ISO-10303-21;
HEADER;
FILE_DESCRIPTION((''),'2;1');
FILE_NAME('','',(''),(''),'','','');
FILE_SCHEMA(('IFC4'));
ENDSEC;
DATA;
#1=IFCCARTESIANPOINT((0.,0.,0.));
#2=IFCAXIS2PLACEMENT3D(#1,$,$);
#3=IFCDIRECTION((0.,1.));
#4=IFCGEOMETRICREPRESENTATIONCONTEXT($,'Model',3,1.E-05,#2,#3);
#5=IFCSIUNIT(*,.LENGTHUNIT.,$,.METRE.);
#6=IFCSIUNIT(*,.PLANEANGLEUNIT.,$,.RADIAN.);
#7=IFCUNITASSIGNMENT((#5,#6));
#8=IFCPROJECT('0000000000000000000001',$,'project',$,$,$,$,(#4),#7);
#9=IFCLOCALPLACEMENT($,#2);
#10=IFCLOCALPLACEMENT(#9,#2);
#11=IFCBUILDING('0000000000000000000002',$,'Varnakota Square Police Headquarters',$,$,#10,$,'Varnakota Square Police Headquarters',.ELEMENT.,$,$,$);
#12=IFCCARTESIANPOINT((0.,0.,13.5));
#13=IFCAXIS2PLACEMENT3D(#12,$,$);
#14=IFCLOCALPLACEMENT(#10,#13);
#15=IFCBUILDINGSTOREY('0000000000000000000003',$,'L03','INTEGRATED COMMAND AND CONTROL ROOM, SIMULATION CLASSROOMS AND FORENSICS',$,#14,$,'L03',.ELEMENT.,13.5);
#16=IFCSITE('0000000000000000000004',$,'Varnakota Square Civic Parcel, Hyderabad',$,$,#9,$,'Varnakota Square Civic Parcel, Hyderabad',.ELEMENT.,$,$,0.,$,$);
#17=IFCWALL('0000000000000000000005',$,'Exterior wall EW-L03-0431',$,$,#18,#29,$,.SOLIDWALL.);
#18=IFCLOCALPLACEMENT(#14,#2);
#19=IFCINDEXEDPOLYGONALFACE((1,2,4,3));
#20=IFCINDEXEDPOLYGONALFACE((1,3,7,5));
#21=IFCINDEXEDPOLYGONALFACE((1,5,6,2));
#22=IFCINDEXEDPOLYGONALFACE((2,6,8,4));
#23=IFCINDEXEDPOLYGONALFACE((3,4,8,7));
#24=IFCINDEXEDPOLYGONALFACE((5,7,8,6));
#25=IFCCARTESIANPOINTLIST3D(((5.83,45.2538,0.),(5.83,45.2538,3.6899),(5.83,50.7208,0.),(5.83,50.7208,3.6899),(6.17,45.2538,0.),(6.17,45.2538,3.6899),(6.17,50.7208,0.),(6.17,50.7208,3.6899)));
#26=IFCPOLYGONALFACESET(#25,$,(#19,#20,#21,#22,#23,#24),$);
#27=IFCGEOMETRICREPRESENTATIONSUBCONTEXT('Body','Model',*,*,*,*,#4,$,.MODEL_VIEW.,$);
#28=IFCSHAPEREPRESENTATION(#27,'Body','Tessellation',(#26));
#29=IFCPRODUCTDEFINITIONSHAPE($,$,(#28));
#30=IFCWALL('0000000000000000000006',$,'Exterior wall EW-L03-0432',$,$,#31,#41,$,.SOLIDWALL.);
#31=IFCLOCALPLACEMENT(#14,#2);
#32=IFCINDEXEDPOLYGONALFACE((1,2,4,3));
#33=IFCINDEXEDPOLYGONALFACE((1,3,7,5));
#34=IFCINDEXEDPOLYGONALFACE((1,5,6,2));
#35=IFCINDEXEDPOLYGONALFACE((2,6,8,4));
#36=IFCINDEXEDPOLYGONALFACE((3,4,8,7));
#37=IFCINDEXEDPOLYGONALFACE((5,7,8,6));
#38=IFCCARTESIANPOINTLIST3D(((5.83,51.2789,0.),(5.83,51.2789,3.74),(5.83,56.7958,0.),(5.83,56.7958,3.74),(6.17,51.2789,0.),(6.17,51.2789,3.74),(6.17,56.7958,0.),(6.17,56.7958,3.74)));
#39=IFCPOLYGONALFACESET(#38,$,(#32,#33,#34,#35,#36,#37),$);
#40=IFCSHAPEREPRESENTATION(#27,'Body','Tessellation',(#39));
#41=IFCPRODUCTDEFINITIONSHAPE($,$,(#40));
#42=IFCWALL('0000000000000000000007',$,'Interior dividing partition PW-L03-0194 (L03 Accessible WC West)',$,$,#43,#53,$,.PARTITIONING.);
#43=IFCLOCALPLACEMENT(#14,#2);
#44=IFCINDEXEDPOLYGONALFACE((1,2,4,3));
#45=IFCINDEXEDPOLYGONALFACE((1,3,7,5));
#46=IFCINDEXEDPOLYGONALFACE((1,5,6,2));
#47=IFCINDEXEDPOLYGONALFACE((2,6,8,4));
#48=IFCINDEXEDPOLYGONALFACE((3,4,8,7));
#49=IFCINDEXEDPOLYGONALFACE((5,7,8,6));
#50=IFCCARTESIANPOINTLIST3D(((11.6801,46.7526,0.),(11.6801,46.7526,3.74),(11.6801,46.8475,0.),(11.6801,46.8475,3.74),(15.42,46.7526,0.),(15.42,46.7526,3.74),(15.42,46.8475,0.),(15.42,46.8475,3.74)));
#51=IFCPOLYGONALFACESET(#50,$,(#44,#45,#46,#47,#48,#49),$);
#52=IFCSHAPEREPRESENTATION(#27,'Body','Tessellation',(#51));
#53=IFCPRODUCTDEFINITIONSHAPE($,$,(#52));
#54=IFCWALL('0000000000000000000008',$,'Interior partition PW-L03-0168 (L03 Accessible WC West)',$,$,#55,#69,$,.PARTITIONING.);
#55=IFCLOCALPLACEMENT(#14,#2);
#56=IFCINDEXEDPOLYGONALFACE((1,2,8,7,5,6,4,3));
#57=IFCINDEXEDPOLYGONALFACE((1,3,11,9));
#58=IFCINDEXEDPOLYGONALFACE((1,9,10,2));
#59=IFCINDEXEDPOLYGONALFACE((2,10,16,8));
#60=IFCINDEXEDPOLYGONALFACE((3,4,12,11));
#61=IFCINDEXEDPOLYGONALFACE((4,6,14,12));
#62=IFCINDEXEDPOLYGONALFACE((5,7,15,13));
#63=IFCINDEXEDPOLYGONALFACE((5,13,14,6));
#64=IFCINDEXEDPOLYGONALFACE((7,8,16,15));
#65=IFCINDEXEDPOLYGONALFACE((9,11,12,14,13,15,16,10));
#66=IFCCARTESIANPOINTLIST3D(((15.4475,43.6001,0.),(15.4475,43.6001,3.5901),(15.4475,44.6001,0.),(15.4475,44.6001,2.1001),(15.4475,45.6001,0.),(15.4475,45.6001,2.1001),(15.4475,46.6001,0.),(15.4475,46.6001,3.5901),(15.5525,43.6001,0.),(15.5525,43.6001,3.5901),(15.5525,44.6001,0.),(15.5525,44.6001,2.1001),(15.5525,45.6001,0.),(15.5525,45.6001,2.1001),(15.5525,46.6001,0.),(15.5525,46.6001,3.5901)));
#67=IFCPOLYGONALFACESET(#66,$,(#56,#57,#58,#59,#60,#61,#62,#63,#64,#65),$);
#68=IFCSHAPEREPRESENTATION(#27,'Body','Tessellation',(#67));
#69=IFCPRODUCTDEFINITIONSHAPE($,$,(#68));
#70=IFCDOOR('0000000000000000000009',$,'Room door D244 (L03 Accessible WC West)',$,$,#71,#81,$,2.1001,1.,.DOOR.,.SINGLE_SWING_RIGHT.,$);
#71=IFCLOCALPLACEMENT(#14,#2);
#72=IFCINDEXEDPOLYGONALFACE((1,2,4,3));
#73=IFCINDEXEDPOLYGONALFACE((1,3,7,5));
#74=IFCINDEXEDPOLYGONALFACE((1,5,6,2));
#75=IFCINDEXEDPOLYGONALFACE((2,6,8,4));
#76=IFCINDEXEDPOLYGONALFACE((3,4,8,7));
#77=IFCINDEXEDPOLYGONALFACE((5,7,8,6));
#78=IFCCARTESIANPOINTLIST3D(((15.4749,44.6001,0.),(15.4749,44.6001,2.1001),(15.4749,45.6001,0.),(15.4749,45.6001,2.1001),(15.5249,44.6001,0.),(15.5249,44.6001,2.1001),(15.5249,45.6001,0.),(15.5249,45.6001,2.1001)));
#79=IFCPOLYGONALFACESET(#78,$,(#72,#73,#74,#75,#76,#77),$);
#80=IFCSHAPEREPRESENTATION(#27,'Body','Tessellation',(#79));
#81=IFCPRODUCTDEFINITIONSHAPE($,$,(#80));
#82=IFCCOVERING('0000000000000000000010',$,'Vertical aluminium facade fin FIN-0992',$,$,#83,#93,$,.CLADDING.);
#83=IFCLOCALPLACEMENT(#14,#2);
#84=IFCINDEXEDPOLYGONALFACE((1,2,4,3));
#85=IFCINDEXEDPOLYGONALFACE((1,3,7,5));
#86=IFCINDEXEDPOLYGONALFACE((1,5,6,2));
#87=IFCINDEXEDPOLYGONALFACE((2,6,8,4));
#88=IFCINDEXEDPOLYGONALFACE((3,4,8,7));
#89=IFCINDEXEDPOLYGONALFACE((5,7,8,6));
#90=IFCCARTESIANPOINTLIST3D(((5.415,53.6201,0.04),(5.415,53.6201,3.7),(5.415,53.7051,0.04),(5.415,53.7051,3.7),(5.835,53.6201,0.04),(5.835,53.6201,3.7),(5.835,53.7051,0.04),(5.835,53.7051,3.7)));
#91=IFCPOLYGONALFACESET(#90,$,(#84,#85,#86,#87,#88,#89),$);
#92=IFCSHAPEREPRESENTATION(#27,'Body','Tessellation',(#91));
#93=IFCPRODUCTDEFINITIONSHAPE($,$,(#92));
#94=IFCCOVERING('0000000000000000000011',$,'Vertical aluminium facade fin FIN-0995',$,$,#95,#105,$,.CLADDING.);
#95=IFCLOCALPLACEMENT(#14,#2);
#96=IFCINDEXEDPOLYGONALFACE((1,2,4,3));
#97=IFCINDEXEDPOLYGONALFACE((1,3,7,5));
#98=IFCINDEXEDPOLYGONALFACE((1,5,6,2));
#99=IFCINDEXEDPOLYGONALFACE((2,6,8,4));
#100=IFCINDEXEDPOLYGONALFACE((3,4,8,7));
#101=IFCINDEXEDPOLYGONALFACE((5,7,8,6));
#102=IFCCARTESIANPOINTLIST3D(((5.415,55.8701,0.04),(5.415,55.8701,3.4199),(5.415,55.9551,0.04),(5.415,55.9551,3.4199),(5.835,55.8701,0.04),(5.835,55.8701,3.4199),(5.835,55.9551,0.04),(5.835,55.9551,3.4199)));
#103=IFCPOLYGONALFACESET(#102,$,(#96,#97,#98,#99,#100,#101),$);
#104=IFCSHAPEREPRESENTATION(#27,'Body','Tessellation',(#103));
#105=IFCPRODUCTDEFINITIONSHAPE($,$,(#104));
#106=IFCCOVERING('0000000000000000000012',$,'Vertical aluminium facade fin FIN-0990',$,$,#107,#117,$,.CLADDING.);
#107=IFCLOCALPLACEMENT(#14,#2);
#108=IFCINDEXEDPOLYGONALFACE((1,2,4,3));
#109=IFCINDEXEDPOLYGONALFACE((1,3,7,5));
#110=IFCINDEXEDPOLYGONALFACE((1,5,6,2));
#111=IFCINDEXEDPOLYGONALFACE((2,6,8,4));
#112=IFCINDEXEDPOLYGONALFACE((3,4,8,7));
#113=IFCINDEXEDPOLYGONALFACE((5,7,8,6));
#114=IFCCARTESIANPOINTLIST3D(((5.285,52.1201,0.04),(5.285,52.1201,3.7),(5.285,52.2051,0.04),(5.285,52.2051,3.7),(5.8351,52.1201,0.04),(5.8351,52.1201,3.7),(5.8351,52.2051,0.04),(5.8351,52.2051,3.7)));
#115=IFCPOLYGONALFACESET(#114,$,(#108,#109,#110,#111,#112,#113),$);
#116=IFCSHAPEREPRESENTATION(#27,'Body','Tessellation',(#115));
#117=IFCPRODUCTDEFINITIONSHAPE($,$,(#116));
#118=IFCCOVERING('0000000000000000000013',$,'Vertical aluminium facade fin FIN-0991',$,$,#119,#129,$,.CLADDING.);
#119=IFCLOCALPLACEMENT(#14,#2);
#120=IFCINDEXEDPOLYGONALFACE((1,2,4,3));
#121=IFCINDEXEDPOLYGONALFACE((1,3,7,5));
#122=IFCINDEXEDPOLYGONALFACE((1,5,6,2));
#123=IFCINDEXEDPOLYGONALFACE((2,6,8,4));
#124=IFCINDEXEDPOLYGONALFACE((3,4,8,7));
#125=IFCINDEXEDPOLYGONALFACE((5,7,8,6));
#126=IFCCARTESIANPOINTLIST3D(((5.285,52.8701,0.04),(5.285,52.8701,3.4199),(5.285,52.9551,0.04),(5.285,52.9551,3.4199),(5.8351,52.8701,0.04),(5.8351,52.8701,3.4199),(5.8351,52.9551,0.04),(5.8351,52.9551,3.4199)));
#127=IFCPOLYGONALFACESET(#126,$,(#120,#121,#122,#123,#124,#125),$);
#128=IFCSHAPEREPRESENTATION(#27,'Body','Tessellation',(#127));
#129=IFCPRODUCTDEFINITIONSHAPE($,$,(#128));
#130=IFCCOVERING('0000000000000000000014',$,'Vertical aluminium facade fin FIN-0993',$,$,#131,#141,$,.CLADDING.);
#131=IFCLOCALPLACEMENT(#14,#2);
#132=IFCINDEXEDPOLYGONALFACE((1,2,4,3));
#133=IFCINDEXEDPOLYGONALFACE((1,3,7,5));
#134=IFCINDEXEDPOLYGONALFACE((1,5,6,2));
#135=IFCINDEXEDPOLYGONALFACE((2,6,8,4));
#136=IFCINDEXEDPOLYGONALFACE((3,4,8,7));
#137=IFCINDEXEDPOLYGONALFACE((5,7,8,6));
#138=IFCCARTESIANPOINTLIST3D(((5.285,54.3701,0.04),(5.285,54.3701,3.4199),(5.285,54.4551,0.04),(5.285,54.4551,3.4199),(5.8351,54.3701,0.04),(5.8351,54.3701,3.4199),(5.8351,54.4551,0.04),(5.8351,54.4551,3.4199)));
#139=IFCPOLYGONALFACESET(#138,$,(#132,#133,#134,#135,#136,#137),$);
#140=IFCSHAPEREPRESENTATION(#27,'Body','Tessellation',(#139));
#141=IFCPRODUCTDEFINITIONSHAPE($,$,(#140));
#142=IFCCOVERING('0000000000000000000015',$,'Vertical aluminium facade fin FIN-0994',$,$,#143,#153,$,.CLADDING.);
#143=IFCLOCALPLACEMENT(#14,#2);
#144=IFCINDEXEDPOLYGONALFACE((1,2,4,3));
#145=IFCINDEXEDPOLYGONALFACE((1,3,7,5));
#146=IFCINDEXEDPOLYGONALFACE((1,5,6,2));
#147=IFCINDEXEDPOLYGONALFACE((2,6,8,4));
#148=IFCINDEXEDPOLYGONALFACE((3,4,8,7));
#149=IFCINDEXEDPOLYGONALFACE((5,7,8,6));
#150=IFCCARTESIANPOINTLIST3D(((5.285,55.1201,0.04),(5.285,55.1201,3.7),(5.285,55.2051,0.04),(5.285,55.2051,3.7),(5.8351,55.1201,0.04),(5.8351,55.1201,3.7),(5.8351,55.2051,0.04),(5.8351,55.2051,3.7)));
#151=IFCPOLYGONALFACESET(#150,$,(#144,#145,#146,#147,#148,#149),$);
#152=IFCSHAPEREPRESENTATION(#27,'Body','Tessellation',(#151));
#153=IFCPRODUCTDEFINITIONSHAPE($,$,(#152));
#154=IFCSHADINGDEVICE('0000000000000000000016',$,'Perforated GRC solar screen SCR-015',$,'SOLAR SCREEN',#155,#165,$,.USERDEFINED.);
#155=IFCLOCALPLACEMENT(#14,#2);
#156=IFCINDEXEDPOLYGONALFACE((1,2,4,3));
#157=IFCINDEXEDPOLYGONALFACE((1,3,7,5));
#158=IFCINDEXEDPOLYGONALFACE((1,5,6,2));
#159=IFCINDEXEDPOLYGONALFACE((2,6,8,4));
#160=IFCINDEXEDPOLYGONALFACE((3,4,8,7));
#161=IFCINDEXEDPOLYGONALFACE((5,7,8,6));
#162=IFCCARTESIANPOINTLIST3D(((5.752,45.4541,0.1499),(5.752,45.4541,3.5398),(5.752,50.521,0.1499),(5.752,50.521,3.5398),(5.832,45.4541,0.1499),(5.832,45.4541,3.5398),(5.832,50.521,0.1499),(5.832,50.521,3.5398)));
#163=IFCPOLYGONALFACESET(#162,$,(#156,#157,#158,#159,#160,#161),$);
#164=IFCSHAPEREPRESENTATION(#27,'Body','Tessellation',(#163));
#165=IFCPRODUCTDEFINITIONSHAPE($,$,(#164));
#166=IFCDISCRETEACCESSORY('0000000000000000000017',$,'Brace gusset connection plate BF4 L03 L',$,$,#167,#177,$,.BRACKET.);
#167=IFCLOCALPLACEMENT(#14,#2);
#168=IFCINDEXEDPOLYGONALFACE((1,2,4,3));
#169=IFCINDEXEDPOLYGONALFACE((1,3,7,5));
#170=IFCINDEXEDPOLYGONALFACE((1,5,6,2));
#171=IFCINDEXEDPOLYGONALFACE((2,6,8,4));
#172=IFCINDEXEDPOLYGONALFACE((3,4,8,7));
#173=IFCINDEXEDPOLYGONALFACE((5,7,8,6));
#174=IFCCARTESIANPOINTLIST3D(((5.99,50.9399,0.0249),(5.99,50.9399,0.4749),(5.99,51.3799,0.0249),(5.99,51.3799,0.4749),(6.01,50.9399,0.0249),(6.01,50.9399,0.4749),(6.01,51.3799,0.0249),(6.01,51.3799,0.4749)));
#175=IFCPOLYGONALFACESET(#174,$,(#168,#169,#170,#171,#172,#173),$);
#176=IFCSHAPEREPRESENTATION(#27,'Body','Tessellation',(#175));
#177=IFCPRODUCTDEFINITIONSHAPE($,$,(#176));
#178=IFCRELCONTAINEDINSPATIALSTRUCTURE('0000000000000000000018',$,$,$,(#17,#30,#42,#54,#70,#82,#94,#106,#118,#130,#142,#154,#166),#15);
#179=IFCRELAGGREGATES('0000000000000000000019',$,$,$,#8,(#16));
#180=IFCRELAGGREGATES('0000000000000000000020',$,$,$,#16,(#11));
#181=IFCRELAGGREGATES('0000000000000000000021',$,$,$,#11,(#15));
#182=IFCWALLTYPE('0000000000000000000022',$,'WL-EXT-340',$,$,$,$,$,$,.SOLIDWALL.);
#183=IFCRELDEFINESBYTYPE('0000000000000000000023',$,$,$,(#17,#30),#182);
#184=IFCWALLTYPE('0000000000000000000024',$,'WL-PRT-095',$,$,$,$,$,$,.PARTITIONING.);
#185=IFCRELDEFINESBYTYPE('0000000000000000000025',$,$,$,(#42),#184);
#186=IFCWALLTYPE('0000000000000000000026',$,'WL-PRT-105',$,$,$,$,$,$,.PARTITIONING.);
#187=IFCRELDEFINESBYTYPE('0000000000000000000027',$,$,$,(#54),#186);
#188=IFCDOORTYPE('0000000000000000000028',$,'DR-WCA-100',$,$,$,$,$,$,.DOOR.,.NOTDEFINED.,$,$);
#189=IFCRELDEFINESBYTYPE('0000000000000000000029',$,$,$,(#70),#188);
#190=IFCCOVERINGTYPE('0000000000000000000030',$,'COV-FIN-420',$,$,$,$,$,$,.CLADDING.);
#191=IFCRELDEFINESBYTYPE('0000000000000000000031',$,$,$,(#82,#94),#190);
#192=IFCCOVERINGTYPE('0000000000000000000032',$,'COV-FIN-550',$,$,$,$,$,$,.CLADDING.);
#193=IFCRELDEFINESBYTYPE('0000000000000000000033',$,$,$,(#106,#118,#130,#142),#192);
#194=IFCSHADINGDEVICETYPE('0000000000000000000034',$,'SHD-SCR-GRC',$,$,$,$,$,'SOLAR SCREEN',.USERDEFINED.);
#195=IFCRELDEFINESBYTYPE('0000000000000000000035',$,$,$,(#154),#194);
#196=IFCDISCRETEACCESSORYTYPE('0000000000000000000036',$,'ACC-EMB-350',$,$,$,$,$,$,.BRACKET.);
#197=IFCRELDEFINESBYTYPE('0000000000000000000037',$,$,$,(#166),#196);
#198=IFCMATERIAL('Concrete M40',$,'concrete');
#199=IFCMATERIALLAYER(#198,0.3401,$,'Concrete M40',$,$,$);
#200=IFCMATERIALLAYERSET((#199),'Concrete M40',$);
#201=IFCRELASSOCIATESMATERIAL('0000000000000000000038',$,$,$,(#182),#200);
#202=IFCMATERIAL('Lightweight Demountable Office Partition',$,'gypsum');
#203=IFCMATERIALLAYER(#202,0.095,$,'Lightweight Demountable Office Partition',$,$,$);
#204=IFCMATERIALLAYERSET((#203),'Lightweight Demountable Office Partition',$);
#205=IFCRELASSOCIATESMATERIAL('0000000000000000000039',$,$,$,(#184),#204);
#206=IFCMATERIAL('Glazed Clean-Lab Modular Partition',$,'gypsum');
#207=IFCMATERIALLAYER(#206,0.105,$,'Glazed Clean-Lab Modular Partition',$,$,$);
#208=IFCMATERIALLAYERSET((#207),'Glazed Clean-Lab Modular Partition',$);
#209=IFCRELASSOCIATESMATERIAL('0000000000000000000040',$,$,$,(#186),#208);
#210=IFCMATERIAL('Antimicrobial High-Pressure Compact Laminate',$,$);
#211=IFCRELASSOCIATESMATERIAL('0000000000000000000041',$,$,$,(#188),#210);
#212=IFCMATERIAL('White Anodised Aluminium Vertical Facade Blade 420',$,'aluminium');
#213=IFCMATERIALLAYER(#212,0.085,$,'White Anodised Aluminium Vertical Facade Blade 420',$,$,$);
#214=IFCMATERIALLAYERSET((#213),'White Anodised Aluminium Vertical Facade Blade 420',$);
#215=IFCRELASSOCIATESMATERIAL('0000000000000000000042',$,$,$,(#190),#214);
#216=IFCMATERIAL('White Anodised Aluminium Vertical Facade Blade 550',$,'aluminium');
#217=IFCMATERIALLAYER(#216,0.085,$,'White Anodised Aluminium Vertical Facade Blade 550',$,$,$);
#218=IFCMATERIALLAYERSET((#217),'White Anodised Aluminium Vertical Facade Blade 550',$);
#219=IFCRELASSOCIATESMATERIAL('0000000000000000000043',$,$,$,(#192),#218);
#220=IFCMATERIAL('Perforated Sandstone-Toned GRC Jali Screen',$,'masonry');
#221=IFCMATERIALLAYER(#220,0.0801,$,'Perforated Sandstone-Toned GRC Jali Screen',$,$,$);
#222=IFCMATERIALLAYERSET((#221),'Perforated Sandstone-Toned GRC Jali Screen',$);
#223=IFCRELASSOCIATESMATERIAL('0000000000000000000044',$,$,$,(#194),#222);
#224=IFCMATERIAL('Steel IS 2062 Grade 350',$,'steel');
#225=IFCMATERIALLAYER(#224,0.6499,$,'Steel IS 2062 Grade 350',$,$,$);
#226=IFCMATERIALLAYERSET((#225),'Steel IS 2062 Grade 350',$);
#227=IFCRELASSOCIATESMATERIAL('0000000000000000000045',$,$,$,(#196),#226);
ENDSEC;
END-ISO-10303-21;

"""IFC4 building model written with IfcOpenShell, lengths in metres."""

from ifc_helpers import new_model, si_unit, direction, frame, frame_2d, origin, origin_2d, place, context, subcontext, project, spatial, rectangle, extrude, material, layer, layer_set, type_object, element, fill, save


model = new_model("IFC4")

# Units and contexts
model_context = context("Model", 3, precision=1e-05, world=origin(), true_north=direction((0.0, 1.0)))
body_context = subcontext(model_context, "Body", "Model", "MODEL_VIEW")
ifc_project = project(units=[si_unit("LENGTHUNIT", "METRE"), si_unit("PLANEANGLEUNIT", "RADIAN")], contexts=[model_context])

# Site, building, storey
site_placement = place(None, origin())
site = spatial("IfcSite", under=ifc_project, at=site_placement, Name="Varnakota Square Civic Parcel, Hyderabad", LongName="Varnakota Square Civic Parcel, Hyderabad", CompositionType="ELEMENT", RefElevation=0.0)
building_placement = place(site_placement, origin())
building = spatial("IfcBuilding", under=site, at=building_placement, Name="Varnakota Square Police Headquarters", LongName="Varnakota Square Police Headquarters", CompositionType="ELEMENT")
storey_placement = place(building_placement, frame((0.0, 0.0, 13.5)))
storey = spatial("IfcBuildingStorey", under=building, at=storey_placement, Name="L03", Description="INTEGRATED COMMAND AND CONTROL ROOM, SIMULATION CLASSROOMS AND FORENSICS", LongName="L03", CompositionType="ELEMENT", Elevation=13.5)

# Shared definitions
ifc_material_1 = material(Name="Steel IS 2062 Grade 350", Category="steel")

# Walls
ifc_material_2 = material(Name="Concrete M40", Category="concrete")
ifc_layer_1 = layer(ifc_material_2, 0.3401, Name="Concrete M40")
ifc_layer_set_1 = layer_set([ifc_layer_1], Name="Concrete M40")
wall_type_1 = type_object("IfcWallType", Name="WL-EXT-340", PredefinedType="SOLIDWALL", material=ifc_layer_set_1)
wall_1_placement = place(storey_placement, frame((6.0, 45.2539, 0.0), z_axis=(0.0, 0.0, 1.0), x_axis=(0.0, 1.0, 0.0)))
element("IfcWall", 1, at=wall_1_placement, inside=storey, type_object=wall_type_1, Name="Exterior wall EW-L03-0431", PredefinedType="SOLIDWALL", context=body_context, shape_type="SweptSolid", body=[
    extrude(rectangle(XDim=5.467, YDim=0.3401, at=frame_2d((2.7334, 0.0))), origin(), (0.0, 0.0, 1.0), 3.6899),
])
wall_2_placement = place(storey_placement, frame((6.0, 51.2791, 0.0), z_axis=(0.0, 0.0, 1.0), x_axis=(0.0, 1.0, 0.0)))
element("IfcWall", 2, at=wall_2_placement, inside=storey, type_object=wall_type_1, Name="Exterior wall EW-L03-0432", PredefinedType="SOLIDWALL", context=body_context, shape_type="SweptSolid", body=[
    extrude(rectangle(XDim=5.5168, YDim=0.3401, at=frame_2d((2.7583, 0.0))), origin(), (0.0, 0.0, 1.0), 3.74),
])
ifc_material_3 = material(Name="Lightweight Demountable Office Partition", Category="gypsum")
ifc_layer_2 = layer(ifc_material_3, 0.095, Name="Lightweight Demountable Office Partition")
ifc_layer_set_2 = layer_set([ifc_layer_2], Name="Lightweight Demountable Office Partition")
wall_type_2 = type_object("IfcWallType", Name="WL-PRT-095", PredefinedType="PARTITIONING", material=ifc_layer_set_2)
wall_3_placement = place(storey_placement, frame((11.6799, 46.8, 0.0), z_axis=(0.0, 0.0, 1.0), x_axis=(1.0, 0.0, 0.0)))
element("IfcWall", 3, at=wall_3_placement, inside=storey, type_object=wall_type_2, Name="Interior dividing partition PW-L03-0194 (L03 Accessible WC West)", PredefinedType="PARTITIONING", context=body_context, shape_type="SweptSolid", body=[
    extrude(rectangle(XDim=3.74, YDim=0.095, at=frame_2d((1.8701, 0.0))), origin(), (0.0, 0.0, 1.0), 3.74),
])

# Wall, opening, door
ifc_material_4 = material(Name="Glazed Clean-Lab Modular Partition", Category="gypsum")
ifc_layer_3 = layer(ifc_material_4, 0.105, Name="Glazed Clean-Lab Modular Partition")
ifc_layer_set_3 = layer_set([ifc_layer_3], Name="Glazed Clean-Lab Modular Partition")
wall_type_3 = type_object("IfcWallType", Name="WL-PRT-105", PredefinedType="PARTITIONING", material=ifc_layer_set_3)
wall_4_placement = place(storey_placement, frame((15.5, 46.6001, 0.0), z_axis=(0.0, 0.0, 1.0), x_axis=(0.0, -1.0, 0.0)))
wall_4 = element("IfcWall", 4, at=wall_4_placement, inside=storey, type_object=wall_type_3, Name="Interior partition PW-L03-0168 (L03 Accessible WC West)", PredefinedType="PARTITIONING", context=body_context, shape_type="SweptSolid", body=[
    extrude(rectangle(XDim=3.0, YDim=0.105, at=frame_2d((1.5, 0.0))), origin(), (0.0, 0.0, 1.0), 3.5901),
])
opening_placement = place(wall_4_placement, frame((1.0, 0.0, 0.0)))
opening = element("IfcOpeningElement", 5, at=opening_placement, cuts=wall_4, PredefinedType="OPENING", context=body_context, shape_type="SweptSolid", body=[
    extrude(rectangle(XDim=1.0, YDim=2.1001, at=frame_2d((0.5, 1.05))), frame((0.0, 0.0625, 0.0), z_axis=(0.0, -1.0, 0.0), x_axis=(1.0, 0.0, 0.0)), (0.0, 0.0, 1.0), 0.125),
])
ifc_material_5 = material(Name="Antimicrobial High-Pressure Compact Laminate")
door_type = type_object("IfcDoorType", Name="DR-WCA-100", OperationType="NOTDEFINED", PredefinedType="DOOR", material=ifc_material_5)
door_placement = place(opening_placement, origin())
door = element("IfcDoor", 6, at=door_placement, inside=storey, type_object=door_type, Name="Room door D244 (L03 Accessible WC West)", OperationType="SINGLE_SWING_RIGHT", OverallHeight=2.1001, OverallWidth=1.0, PredefinedType="DOOR", context=body_context, shape_type="SweptSolid", body=[
    extrude(rectangle(XDim=1.0, YDim=2.1001, at=frame_2d((0.5, 1.05))), frame((0.0, 0.0249, 0.0), z_axis=(0.0, -1.0, 0.0), x_axis=(1.0, 0.0, 0.0)), (0.0, 0.0, 1.0), 0.05),
])
fill(opening, door)

# Coverings
ifc_material_6 = material(Name="White Anodised Aluminium Vertical Facade Blade 420", Category="aluminium")
ifc_layer_4 = layer(ifc_material_6, 0.085, Name="White Anodised Aluminium Vertical Facade Blade 420")
ifc_layer_set_4 = layer_set([ifc_layer_4], Name="White Anodised Aluminium Vertical Facade Blade 420")
covering_type_1 = type_object("IfcCoveringType", Name="COV-FIN-420", PredefinedType="CLADDING", material=ifc_layer_set_4)
covering_1_placement = place(storey_placement, frame((5.625, 53.6626, 0.04), z_axis=(0.0, 0.0, 1.0), x_axis=(0.0, 1.0, 0.0)))
element("IfcCovering", 7, at=covering_1_placement, inside=storey, type_object=covering_type_1, Name="Vertical aluminium facade fin FIN-0992", PredefinedType="CLADDING", context=body_context, shape_type="SweptSolid", body=[
    extrude(rectangle(XDim=0.085, YDim=0.4199, at=origin_2d()), origin(), (0.0, 0.0, 1.0), 3.6599),
])
covering_2_placement = place(storey_placement, frame((5.625, 55.9126, 0.04), z_axis=(0.0, 0.0, 1.0), x_axis=(0.0, 1.0, 0.0)))
element("IfcCovering", 8, at=covering_2_placement, inside=storey, type_object=covering_type_1, Name="Vertical aluminium facade fin FIN-0995", PredefinedType="CLADDING", context=body_context, shape_type="SweptSolid", body=[
    extrude(rectangle(XDim=0.085, YDim=0.4199, at=origin_2d()), origin(), (0.0, 0.0, 1.0), 3.3799),
])
ifc_material_7 = material(Name="White Anodised Aluminium Vertical Facade Blade 550", Category="aluminium")
ifc_layer_5 = layer(ifc_material_7, 0.085, Name="White Anodised Aluminium Vertical Facade Blade 550")
ifc_layer_set_5 = layer_set([ifc_layer_5], Name="White Anodised Aluminium Vertical Facade Blade 550")
covering_type_2 = type_object("IfcCoveringType", Name="COV-FIN-550", PredefinedType="CLADDING", material=ifc_layer_set_5)
covering_3_placement = place(storey_placement, frame((5.5601, 52.1626, 0.04), z_axis=(0.0, 0.0, 1.0), x_axis=(0.0, 1.0, 0.0)))
element("IfcCovering", 9, at=covering_3_placement, inside=storey, type_object=covering_type_2, Name="Vertical aluminium facade fin FIN-0990", PredefinedType="CLADDING", context=body_context, shape_type="SweptSolid", body=[
    extrude(rectangle(XDim=0.085, YDim=0.55, at=origin_2d()), origin(), (0.0, 0.0, 1.0), 3.6599),
])
for number, where, z_axis, x_axis, name in (
    (10, (5.5601, 52.9126, 0.04), (0.0, 0.0, 1.0), (0.0, 1.0, 0.0), "Vertical aluminium facade fin FIN-0991"),
    (11, (5.5601, 54.4126, 0.04), (0.0, 0.0, 1.0), (0.0, 1.0, 0.0), "Vertical aluminium facade fin FIN-0993"),
):
    element("IfcCovering", number, at=place(storey_placement, frame(where, z_axis=z_axis, x_axis=x_axis)), inside=storey, type_object=covering_type_2, Name=name, PredefinedType="CLADDING", context=body_context, shape_type="SweptSolid", body=[
        extrude(rectangle(XDim=0.085, YDim=0.55, at=origin_2d()), origin(), (0.0, 0.0, 1.0), 3.3799),
    ])
covering_4_placement = place(storey_placement, frame((5.5601, 55.1626, 0.04), z_axis=(0.0, 0.0, 1.0), x_axis=(0.0, 1.0, 0.0)))
element("IfcCovering", 12, at=covering_4_placement, inside=storey, type_object=covering_type_2, Name="Vertical aluminium facade fin FIN-0994", PredefinedType="CLADDING", context=body_context, shape_type="SweptSolid", body=[
    extrude(rectangle(XDim=0.085, YDim=0.55, at=origin_2d()), origin(), (0.0, 0.0, 1.0), 3.6599),
])

# Shading device
ifc_material_8 = material(Name="Perforated Sandstone-Toned GRC Jali Screen", Category="masonry")
ifc_layer_6 = layer(ifc_material_8, 0.0801, Name="Perforated Sandstone-Toned GRC Jali Screen")
ifc_layer_set_6 = layer_set([ifc_layer_6], Name="Perforated Sandstone-Toned GRC Jali Screen")
shading_device_type = type_object("IfcShadingDeviceType", Name="SHD-SCR-GRC", ElementType="SOLAR SCREEN", PredefinedType="USERDEFINED", material=ifc_layer_set_6)
shading_device_placement = place(storey_placement, frame((5.792, 47.9875, 0.1499), z_axis=(0.0, 0.0, 1.0), x_axis=(0.0, 1.0, 0.0)))
element("IfcShadingDevice", 13, at=shading_device_placement, inside=storey, type_object=shading_device_type, Name="Perforated GRC solar screen SCR-015", ObjectType="SOLAR SCREEN", PredefinedType="USERDEFINED", context=body_context, shape_type="SweptSolid", body=[
    extrude(rectangle(XDim=5.0669, YDim=0.0801, at=origin_2d()), origin(), (0.0, 0.0, 1.0), 3.3899),
])

# Discrete accessory
ifc_layer_7 = layer(ifc_material_1, 0.6499, Name="Steel IS 2062 Grade 350")
ifc_layer_set_7 = layer_set([ifc_layer_7], Name="Steel IS 2062 Grade 350")
discrete_accessory_type = type_object("IfcDiscreteAccessoryType", Name="ACC-EMB-350", PredefinedType="BRACKET", material=ifc_layer_set_7)
for number, where, z_axis, x_axis, name in (
    (14, (6.0, 51.1599, 0.0249), (0.0, 0.0, 1.0), (0.0, 1.0, 0.0), "Brace gusset connection plate BF4 L03 L"),
):
    element("IfcDiscreteAccessory", number, at=place(storey_placement, frame(where, z_axis=z_axis, x_axis=x_axis)), inside=storey, type_object=discrete_accessory_type, Name=name, PredefinedType="BRACKET", context=body_context, shape_type="SweptSolid", body=[
        extrude(rectangle(XDim=0.4399, YDim=0.02, at=origin_2d()), origin(), (0.0, 0.0, 1.0), 0.45),
    ])

save(model, "model.ifc")
